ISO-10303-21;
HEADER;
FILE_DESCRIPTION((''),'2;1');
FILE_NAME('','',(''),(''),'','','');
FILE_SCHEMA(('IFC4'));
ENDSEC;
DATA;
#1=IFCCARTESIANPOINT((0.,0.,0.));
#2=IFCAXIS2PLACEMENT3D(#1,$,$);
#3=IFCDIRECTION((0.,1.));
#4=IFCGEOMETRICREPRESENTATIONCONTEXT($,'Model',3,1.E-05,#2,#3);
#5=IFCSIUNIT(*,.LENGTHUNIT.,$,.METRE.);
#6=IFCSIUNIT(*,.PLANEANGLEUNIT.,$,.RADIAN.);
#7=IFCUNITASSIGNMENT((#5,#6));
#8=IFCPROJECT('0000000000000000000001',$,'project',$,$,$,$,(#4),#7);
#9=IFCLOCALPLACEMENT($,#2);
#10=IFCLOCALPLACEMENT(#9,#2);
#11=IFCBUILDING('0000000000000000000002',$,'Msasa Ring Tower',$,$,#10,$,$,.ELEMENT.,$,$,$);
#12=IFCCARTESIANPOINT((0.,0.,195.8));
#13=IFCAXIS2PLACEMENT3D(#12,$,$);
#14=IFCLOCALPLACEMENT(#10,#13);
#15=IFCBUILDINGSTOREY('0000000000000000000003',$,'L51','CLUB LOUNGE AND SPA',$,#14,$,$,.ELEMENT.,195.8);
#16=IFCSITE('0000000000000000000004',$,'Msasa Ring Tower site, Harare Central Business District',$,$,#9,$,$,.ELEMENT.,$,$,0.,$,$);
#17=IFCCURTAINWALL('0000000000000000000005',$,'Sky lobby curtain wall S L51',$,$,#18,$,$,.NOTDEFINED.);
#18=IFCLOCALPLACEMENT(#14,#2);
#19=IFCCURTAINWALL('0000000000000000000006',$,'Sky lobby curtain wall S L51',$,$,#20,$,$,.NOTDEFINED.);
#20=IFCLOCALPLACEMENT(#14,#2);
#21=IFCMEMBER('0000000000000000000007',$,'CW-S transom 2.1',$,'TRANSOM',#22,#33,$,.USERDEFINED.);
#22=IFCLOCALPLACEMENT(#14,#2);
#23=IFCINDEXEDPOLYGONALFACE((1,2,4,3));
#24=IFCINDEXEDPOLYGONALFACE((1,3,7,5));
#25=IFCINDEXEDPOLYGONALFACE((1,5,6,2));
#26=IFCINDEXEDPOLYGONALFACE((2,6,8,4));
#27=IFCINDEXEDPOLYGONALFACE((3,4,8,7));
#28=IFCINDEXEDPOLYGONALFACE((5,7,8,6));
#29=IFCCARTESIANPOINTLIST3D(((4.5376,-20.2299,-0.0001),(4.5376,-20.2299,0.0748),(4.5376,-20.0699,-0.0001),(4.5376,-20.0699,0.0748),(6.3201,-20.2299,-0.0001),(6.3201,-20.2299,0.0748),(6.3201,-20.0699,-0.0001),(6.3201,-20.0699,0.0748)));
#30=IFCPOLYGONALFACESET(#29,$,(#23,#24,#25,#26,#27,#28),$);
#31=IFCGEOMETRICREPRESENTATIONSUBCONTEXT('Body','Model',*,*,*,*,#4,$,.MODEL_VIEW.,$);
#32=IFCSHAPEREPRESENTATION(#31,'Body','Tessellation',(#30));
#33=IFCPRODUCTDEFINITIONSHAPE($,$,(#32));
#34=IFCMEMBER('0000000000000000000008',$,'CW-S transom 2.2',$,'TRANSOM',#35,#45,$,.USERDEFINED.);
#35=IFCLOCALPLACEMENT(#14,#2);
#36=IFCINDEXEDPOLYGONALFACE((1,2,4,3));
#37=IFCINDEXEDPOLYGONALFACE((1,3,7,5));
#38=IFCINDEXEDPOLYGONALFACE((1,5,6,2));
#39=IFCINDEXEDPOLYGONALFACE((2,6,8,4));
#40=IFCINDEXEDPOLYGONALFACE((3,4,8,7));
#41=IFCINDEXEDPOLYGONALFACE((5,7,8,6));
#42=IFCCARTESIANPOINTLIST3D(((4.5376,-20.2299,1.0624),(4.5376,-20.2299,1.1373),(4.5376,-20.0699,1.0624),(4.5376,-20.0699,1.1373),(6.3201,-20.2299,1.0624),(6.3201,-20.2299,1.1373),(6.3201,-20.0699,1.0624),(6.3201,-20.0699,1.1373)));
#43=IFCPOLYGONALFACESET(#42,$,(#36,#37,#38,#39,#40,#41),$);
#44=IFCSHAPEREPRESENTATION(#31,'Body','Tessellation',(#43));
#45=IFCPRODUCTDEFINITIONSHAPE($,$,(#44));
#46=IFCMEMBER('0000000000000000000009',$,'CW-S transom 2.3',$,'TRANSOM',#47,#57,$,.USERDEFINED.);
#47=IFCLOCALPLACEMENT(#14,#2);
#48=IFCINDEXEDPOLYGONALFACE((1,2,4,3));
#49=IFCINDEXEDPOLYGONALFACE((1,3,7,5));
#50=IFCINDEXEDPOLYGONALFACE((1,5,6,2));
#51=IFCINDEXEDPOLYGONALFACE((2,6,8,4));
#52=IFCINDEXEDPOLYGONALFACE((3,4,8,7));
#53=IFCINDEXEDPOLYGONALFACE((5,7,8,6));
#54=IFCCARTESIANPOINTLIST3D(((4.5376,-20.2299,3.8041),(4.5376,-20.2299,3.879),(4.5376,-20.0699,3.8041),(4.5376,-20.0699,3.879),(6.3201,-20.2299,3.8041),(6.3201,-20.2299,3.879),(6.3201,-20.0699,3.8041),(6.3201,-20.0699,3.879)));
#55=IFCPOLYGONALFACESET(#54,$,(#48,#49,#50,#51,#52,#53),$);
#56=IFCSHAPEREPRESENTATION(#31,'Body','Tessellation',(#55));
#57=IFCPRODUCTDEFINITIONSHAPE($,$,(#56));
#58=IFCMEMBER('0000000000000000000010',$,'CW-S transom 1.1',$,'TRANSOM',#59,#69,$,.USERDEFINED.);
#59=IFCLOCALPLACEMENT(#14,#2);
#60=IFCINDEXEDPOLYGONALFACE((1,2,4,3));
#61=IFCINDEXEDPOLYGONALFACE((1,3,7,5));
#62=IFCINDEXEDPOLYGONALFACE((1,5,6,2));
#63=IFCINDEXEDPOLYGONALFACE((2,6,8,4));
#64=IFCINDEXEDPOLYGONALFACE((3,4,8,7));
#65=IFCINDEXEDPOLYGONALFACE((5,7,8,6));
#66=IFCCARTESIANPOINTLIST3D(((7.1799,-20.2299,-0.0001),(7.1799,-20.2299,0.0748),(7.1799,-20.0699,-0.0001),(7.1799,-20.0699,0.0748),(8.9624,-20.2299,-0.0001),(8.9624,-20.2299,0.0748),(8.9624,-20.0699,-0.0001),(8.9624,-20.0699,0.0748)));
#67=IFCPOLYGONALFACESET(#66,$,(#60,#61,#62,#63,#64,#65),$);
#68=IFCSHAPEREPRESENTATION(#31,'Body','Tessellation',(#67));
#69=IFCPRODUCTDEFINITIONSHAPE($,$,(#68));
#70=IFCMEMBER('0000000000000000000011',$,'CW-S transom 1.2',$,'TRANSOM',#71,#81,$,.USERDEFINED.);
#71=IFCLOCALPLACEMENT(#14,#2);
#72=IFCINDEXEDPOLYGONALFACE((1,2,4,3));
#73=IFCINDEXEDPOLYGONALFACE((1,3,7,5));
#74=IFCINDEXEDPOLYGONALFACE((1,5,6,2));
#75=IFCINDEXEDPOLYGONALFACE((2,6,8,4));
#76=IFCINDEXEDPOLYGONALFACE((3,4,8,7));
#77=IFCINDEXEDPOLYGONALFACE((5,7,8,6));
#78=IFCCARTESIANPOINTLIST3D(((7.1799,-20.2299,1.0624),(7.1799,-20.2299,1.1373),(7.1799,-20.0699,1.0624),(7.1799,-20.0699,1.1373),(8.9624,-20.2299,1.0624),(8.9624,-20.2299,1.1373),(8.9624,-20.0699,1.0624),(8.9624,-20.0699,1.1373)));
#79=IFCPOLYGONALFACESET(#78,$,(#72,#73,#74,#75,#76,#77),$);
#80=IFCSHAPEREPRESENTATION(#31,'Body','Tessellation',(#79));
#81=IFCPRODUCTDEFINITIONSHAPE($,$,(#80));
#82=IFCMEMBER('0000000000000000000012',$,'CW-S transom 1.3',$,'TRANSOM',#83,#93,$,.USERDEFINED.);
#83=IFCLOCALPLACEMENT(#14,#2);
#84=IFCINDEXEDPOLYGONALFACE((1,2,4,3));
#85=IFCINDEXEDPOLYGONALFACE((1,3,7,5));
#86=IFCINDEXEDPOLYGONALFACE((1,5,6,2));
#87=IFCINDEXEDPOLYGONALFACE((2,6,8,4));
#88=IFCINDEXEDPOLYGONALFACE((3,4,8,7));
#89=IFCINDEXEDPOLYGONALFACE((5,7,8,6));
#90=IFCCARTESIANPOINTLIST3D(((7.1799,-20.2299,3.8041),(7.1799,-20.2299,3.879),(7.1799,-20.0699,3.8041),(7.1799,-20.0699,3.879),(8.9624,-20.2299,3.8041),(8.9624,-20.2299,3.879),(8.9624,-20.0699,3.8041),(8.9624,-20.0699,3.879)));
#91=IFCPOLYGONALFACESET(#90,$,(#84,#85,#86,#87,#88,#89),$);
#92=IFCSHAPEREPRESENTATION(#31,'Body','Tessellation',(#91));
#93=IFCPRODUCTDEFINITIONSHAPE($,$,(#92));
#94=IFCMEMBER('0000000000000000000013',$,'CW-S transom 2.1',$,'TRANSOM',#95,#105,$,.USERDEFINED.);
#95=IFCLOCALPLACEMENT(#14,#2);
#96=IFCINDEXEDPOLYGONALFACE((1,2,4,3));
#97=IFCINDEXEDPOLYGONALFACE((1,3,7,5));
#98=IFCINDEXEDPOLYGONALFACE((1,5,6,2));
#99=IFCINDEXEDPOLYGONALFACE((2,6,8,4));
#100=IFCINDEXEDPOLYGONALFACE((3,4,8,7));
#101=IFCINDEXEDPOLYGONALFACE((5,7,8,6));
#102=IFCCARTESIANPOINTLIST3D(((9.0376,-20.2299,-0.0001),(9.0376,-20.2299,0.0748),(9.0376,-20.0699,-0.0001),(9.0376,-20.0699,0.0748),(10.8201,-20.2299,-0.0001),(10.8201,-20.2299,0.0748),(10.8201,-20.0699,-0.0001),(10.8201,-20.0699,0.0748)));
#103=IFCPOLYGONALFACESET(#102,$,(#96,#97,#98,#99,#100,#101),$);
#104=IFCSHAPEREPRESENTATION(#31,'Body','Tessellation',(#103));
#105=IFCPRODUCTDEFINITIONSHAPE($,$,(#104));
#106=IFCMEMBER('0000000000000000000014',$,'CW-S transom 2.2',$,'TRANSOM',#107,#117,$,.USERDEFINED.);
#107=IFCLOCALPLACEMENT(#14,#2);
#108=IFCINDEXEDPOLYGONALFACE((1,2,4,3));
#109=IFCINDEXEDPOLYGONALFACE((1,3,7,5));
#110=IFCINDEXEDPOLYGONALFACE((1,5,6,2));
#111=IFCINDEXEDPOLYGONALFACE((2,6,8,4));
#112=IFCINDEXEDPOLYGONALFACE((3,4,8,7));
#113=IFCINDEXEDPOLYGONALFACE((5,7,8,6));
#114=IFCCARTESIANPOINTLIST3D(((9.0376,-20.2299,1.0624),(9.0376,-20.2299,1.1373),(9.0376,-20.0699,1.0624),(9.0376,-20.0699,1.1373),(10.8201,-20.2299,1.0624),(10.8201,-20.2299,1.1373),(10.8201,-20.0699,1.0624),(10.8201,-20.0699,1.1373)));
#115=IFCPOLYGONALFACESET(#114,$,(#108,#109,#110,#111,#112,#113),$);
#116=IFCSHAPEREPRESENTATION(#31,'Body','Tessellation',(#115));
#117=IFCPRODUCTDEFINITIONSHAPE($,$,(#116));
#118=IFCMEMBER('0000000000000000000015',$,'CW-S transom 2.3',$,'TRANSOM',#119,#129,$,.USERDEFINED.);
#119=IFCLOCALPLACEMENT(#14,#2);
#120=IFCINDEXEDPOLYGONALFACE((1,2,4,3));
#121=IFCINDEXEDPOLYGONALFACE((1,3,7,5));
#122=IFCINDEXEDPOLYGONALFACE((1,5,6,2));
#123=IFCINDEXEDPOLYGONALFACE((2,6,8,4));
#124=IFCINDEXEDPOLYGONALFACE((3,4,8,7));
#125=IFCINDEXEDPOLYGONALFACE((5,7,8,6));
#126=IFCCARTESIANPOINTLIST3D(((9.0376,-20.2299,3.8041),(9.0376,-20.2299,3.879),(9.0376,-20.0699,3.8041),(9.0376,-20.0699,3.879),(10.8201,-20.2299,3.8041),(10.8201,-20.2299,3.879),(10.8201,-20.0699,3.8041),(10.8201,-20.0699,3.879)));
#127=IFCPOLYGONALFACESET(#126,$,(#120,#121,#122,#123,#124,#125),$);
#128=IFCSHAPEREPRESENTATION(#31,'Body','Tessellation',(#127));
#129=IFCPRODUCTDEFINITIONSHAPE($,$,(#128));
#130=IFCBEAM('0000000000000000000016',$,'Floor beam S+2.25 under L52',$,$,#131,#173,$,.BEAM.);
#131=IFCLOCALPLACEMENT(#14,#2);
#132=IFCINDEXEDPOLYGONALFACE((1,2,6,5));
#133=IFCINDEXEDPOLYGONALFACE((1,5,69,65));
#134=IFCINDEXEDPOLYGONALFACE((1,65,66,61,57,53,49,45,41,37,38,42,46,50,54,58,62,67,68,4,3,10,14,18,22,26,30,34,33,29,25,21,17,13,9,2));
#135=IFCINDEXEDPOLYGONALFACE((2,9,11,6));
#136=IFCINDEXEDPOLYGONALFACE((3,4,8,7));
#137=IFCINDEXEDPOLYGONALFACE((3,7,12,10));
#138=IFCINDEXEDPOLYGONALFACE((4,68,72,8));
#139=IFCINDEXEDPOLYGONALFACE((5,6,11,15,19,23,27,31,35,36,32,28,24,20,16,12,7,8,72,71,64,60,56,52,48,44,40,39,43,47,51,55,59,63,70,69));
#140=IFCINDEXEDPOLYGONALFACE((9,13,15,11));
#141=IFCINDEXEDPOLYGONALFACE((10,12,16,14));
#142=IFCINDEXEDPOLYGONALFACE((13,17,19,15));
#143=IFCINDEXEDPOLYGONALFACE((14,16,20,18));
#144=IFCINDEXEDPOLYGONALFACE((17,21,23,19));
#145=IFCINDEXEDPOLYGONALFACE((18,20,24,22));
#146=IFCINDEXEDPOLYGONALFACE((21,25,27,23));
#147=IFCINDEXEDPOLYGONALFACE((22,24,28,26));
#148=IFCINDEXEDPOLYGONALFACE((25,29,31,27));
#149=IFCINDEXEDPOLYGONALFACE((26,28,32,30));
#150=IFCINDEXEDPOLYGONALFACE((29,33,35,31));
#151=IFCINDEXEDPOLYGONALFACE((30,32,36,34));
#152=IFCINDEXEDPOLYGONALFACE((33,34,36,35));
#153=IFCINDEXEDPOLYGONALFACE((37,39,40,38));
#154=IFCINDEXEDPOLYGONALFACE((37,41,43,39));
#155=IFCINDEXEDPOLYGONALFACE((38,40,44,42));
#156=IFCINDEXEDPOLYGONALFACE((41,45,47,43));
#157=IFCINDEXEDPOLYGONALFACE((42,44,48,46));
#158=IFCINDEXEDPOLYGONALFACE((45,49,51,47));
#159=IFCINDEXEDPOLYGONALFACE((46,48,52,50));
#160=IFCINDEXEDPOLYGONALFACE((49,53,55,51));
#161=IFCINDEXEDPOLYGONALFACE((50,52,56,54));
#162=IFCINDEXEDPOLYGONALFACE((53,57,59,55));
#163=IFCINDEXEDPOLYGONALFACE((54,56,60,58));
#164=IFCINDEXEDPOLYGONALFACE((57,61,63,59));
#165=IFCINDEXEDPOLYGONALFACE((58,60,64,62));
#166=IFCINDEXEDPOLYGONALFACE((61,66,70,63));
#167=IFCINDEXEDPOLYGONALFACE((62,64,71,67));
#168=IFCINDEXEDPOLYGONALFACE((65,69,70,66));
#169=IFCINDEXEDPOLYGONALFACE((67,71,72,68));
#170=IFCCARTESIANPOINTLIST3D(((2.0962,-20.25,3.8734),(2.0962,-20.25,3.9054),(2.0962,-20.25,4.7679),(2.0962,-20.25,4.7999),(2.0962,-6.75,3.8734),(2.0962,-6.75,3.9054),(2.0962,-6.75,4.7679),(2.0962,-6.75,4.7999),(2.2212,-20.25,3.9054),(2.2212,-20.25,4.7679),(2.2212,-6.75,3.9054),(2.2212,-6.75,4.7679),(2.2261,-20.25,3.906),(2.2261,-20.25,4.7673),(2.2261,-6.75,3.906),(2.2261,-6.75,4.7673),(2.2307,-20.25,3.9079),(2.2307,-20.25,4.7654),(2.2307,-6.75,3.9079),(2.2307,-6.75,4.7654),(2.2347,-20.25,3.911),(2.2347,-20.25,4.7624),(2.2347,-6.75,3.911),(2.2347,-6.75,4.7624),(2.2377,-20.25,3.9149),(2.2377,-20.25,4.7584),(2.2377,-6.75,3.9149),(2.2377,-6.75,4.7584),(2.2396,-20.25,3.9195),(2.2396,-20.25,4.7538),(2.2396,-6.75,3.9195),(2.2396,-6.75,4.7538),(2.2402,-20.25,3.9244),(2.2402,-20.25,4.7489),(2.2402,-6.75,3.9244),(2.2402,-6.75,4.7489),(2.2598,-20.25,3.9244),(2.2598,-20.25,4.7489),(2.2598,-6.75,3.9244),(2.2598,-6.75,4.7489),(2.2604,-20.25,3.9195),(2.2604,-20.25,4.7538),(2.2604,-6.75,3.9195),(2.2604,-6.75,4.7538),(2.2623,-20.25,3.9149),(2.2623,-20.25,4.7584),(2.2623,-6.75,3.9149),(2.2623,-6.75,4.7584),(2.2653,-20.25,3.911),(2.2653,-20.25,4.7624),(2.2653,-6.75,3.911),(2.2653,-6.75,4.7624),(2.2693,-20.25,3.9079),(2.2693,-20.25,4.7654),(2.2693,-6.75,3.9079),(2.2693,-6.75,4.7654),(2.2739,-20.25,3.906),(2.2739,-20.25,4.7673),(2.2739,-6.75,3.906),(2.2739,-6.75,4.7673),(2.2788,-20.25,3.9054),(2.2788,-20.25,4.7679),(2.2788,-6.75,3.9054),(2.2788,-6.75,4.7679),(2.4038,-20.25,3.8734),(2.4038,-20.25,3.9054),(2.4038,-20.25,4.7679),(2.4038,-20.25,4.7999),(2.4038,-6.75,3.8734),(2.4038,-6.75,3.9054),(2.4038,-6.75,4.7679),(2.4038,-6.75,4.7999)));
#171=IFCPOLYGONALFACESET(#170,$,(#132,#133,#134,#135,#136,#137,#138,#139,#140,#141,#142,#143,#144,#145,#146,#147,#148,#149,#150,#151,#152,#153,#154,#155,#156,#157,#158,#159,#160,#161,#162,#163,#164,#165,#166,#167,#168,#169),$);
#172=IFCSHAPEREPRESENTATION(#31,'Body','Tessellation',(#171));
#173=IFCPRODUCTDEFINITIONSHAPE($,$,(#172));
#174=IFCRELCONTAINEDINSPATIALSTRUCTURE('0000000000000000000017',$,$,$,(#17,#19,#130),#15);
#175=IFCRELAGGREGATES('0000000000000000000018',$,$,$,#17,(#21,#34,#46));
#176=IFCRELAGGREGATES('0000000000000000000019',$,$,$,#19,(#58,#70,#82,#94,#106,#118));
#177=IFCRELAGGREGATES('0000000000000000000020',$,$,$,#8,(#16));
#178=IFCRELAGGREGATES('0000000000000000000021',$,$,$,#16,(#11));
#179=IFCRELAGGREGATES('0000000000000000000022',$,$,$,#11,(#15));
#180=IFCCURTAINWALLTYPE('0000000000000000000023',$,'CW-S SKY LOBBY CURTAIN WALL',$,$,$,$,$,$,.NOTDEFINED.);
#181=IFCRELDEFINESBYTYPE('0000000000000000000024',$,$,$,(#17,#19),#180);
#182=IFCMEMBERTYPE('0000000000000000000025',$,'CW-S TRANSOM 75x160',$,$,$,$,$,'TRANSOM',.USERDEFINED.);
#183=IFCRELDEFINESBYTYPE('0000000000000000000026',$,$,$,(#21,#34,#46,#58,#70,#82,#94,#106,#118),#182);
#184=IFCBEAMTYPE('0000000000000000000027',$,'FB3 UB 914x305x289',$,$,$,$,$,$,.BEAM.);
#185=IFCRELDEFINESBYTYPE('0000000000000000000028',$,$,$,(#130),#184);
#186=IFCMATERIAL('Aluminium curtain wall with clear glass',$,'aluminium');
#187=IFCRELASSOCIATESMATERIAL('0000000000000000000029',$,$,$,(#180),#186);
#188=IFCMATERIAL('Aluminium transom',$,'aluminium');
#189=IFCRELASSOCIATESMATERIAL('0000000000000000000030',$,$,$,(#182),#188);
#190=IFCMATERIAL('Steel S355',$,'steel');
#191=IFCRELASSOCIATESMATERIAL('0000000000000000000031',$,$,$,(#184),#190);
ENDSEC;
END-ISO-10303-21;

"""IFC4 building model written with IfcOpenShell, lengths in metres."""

from ifc_helpers import new_model, si_unit, direction, frame, origin, origin_2d, place, context, subcontext, project, spatial, rectangle, i_section, extrude, material, material_profile, profile_set, type_object, element, aggregate, save


model = new_model("IFC4")

# Units and contexts
model_context = context("Model", 3, precision=1e-05, world=origin(), true_north=direction((0.0, 1.0)))
body_context = subcontext(model_context, "Body", "Model", "MODEL_VIEW")
ifc_project = project(units=[si_unit("LENGTHUNIT", "METRE"), si_unit("PLANEANGLEUNIT", "RADIAN")], contexts=[model_context])

# Site, building, storey
site_placement = place(None, origin())
site = spatial("IfcSite", under=ifc_project, at=site_placement, Name="Msasa Ring Tower site, Harare Central Business District", CompositionType="ELEMENT", RefElevation=0.0)
building_placement = place(site_placement, origin())
building = spatial("IfcBuilding", under=site, at=building_placement, Name="Msasa Ring Tower", CompositionType="ELEMENT")
storey_placement = place(building_placement, frame((0.0, 0.0, 195.8)))
storey = spatial("IfcBuildingStorey", under=building, at=storey_placement, Name="L51", Description="CLUB LOUNGE AND SPA", CompositionType="ELEMENT", Elevation=195.8)

# Shared definitions
ifc_material_1 = material(Name="Aluminium curtain wall with clear glass", Category="aluminium")
curtain_wall_type = type_object("IfcCurtainWallType", Name="CW-S SKY LOBBY CURTAIN WALL", PredefinedType="NOTDEFINED", material=ifc_material_1)

# Curtain walls
curtain_wall_1_placement = place(storey_placement, origin())
curtain_wall_1 = element("IfcCurtainWall", 1, at=curtain_wall_1_placement, inside=storey, type_object=curtain_wall_type, Name="Sky lobby curtain wall S L51", PredefinedType="NOTDEFINED")
curtain_wall_2_placement = place(storey_placement, origin())
curtain_wall_2 = element("IfcCurtainWall", 2, at=curtain_wall_2_placement, inside=storey, type_object=curtain_wall_type, Name="Sky lobby curtain wall S L51", PredefinedType="NOTDEFINED")

# Members
ifc_material_2 = material(Name="Aluminium transom", Category="aluminium")
ifc_material_profile_1 = material_profile(ifc_material_2, rectangle(XDim=0.1599, YDim=0.075, at=origin_2d()), Name="AL 75x160")
ifc_profile_set_1 = profile_set([ifc_material_profile_1], Name="Aluminium transom")
member_type_1 = type_object("IfcMemberType", Name="CW-S TRANSOM 75x160", ElementType="TRANSOM", PredefinedType="USERDEFINED", material=ifc_profile_set_1)
member_1_placement = place(storey_placement, frame((4.5376, -20.1499, 0.0374), z_axis=(1.0, 0.0, 0.0), x_axis=(0.0, 1.0, 0.0)))
member_1 = element("IfcMember", 3, at=member_1_placement, type_object=member_type_1, Name="CW-S transom 2.1", ObjectType="TRANSOM", PredefinedType="USERDEFINED", context=body_context, shape_type="SweptSolid", body=[
    extrude(rectangle(XDim=0.1599, YDim=0.075, at=origin_2d()), origin(), (0.0, 0.0, 1.0), 1.7825),
])
member_2_placement = place(storey_placement, frame((4.5376, -20.1499, 1.0999), z_axis=(1.0, 0.0, 0.0), x_axis=(0.0, 1.0, 0.0)))
member_2 = element("IfcMember", 4, at=member_2_placement, type_object=member_type_1, Name="CW-S transom 2.2", ObjectType="TRANSOM", PredefinedType="USERDEFINED", context=body_context, shape_type="SweptSolid", body=[
    extrude(rectangle(XDim=0.1599, YDim=0.075, at=origin_2d()), origin(), (0.0, 0.0, 1.0), 1.7825),
])
member_3_placement = place(storey_placement, frame((4.5376, -20.1499, 3.8416), z_axis=(1.0, 0.0, 0.0), x_axis=(0.0, 1.0, 0.0)))
member_3 = element("IfcMember", 5, at=member_3_placement, type_object=member_type_1, Name="CW-S transom 2.3", ObjectType="TRANSOM", PredefinedType="USERDEFINED", context=body_context, shape_type="SweptSolid", body=[
    extrude(rectangle(XDim=0.1599, YDim=0.075, at=origin_2d()), origin(), (0.0, 0.0, 1.0), 1.7825),
])
member_4_placement = place(storey_placement, frame((7.1799, -20.1499, 0.0374), z_axis=(1.0, 0.0, 0.0), x_axis=(0.0, 1.0, 0.0)))
member_4 = element("IfcMember", 6, at=member_4_placement, type_object=member_type_1, Name="CW-S transom 1.1", ObjectType="TRANSOM", PredefinedType="USERDEFINED", context=body_context, shape_type="SweptSolid", body=[
    extrude(rectangle(XDim=0.1599, YDim=0.075, at=origin_2d()), origin(), (0.0, 0.0, 1.0), 1.7825),
])
member_5_placement = place(storey_placement, frame((7.1799, -20.1499, 1.0999), z_axis=(1.0, 0.0, 0.0), x_axis=(0.0, 1.0, 0.0)))
member_5 = element("IfcMember", 7, at=member_5_placement, type_object=member_type_1, Name="CW-S transom 1.2", ObjectType="TRANSOM", PredefinedType="USERDEFINED", context=body_context, shape_type="SweptSolid", body=[
    extrude(rectangle(XDim=0.1599, YDim=0.075, at=origin_2d()), origin(), (0.0, 0.0, 1.0), 1.7825),
])
member_6_placement = place(storey_placement, frame((7.1799, -20.1499, 3.8416), z_axis=(1.0, 0.0, 0.0), x_axis=(0.0, 1.0, 0.0)))
member_6 = element("IfcMember", 8, at=member_6_placement, type_object=member_type_1, Name="CW-S transom 1.3", ObjectType="TRANSOM", PredefinedType="USERDEFINED", context=body_context, shape_type="SweptSolid", body=[
    extrude(rectangle(XDim=0.1599, YDim=0.075, at=origin_2d()), origin(), (0.0, 0.0, 1.0), 1.7825),
])
member_7_placement = place(storey_placement, frame((9.0376, -20.1499, 0.0374), z_axis=(1.0, 0.0, 0.0), x_axis=(0.0, 1.0, 0.0)))
member_7 = element("IfcMember", 9, at=member_7_placement, type_object=member_type_1, Name="CW-S transom 2.1", ObjectType="TRANSOM", PredefinedType="USERDEFINED", context=body_context, shape_type="SweptSolid", body=[
    extrude(rectangle(XDim=0.1599, YDim=0.075, at=origin_2d()), origin(), (0.0, 0.0, 1.0), 1.7825),
])
member_8_placement = place(storey_placement, frame((9.0376, -20.1499, 1.0999), z_axis=(1.0, 0.0, 0.0), x_axis=(0.0, 1.0, 0.0)))
member_8 = element("IfcMember", 10, at=member_8_placement, type_object=member_type_1, Name="CW-S transom 2.2", ObjectType="TRANSOM", PredefinedType="USERDEFINED", context=body_context, shape_type="SweptSolid", body=[
    extrude(rectangle(XDim=0.1599, YDim=0.075, at=origin_2d()), origin(), (0.0, 0.0, 1.0), 1.7825),
])
member_9_placement = place(storey_placement, frame((9.0376, -20.1499, 3.8416), z_axis=(1.0, 0.0, 0.0), x_axis=(0.0, 1.0, 0.0)))
member_9 = element("IfcMember", 11, at=member_9_placement, type_object=member_type_1, Name="CW-S transom 2.3", ObjectType="TRANSOM", PredefinedType="USERDEFINED", context=body_context, shape_type="SweptSolid", body=[
    extrude(rectangle(XDim=0.1599, YDim=0.075, at=origin_2d()), origin(), (0.0, 0.0, 1.0), 1.7825),
])

# Beam
ifc_material_3 = material(Name="Steel S355", Category="steel")
ifc_material_profile_2 = material_profile(ifc_material_3, i_section(OverallWidth=0.3076, OverallDepth=0.9265, WebThickness=0.0195, FlangeThickness=0.032, FilletRadius=0.019, at=origin_2d()), Name="UB 914x305x289")
ifc_profile_set_2 = profile_set([ifc_material_profile_2], Name="Steel S355")
beam_type_1 = type_object("IfcBeamType", Name="FB3 UB 914x305x289", PredefinedType="BEAM", material=ifc_profile_set_2)
for number, where, z_axis, x_axis, name in (
    (12, (2.25, -20.25, 4.3367), (0.0, 1.0, 0.0), (-1.0, 0.0, 0.0), "Floor beam S+2.25 under L52"),
):
    element("IfcBeam", number, at=place(storey_placement, frame(where, z_axis=z_axis, x_axis=x_axis)), inside=storey, type_object=beam_type_1, Name=name, PredefinedType="BEAM", context=body_context, shape_type="SweptSolid", body=[
        extrude(i_section(OverallWidth=0.3076, OverallDepth=0.9265, WebThickness=0.0195, FlangeThickness=0.032, FilletRadius=0.019, at=origin_2d()), origin(), (0.0, 0.0, 1.0), 13.5),
    ])

aggregate(curtain_wall_1, [member_1, member_2, member_3])
aggregate(curtain_wall_2, [member_4, member_5, member_6, member_7, member_8, member_9])

save(model, "model.ifc")
